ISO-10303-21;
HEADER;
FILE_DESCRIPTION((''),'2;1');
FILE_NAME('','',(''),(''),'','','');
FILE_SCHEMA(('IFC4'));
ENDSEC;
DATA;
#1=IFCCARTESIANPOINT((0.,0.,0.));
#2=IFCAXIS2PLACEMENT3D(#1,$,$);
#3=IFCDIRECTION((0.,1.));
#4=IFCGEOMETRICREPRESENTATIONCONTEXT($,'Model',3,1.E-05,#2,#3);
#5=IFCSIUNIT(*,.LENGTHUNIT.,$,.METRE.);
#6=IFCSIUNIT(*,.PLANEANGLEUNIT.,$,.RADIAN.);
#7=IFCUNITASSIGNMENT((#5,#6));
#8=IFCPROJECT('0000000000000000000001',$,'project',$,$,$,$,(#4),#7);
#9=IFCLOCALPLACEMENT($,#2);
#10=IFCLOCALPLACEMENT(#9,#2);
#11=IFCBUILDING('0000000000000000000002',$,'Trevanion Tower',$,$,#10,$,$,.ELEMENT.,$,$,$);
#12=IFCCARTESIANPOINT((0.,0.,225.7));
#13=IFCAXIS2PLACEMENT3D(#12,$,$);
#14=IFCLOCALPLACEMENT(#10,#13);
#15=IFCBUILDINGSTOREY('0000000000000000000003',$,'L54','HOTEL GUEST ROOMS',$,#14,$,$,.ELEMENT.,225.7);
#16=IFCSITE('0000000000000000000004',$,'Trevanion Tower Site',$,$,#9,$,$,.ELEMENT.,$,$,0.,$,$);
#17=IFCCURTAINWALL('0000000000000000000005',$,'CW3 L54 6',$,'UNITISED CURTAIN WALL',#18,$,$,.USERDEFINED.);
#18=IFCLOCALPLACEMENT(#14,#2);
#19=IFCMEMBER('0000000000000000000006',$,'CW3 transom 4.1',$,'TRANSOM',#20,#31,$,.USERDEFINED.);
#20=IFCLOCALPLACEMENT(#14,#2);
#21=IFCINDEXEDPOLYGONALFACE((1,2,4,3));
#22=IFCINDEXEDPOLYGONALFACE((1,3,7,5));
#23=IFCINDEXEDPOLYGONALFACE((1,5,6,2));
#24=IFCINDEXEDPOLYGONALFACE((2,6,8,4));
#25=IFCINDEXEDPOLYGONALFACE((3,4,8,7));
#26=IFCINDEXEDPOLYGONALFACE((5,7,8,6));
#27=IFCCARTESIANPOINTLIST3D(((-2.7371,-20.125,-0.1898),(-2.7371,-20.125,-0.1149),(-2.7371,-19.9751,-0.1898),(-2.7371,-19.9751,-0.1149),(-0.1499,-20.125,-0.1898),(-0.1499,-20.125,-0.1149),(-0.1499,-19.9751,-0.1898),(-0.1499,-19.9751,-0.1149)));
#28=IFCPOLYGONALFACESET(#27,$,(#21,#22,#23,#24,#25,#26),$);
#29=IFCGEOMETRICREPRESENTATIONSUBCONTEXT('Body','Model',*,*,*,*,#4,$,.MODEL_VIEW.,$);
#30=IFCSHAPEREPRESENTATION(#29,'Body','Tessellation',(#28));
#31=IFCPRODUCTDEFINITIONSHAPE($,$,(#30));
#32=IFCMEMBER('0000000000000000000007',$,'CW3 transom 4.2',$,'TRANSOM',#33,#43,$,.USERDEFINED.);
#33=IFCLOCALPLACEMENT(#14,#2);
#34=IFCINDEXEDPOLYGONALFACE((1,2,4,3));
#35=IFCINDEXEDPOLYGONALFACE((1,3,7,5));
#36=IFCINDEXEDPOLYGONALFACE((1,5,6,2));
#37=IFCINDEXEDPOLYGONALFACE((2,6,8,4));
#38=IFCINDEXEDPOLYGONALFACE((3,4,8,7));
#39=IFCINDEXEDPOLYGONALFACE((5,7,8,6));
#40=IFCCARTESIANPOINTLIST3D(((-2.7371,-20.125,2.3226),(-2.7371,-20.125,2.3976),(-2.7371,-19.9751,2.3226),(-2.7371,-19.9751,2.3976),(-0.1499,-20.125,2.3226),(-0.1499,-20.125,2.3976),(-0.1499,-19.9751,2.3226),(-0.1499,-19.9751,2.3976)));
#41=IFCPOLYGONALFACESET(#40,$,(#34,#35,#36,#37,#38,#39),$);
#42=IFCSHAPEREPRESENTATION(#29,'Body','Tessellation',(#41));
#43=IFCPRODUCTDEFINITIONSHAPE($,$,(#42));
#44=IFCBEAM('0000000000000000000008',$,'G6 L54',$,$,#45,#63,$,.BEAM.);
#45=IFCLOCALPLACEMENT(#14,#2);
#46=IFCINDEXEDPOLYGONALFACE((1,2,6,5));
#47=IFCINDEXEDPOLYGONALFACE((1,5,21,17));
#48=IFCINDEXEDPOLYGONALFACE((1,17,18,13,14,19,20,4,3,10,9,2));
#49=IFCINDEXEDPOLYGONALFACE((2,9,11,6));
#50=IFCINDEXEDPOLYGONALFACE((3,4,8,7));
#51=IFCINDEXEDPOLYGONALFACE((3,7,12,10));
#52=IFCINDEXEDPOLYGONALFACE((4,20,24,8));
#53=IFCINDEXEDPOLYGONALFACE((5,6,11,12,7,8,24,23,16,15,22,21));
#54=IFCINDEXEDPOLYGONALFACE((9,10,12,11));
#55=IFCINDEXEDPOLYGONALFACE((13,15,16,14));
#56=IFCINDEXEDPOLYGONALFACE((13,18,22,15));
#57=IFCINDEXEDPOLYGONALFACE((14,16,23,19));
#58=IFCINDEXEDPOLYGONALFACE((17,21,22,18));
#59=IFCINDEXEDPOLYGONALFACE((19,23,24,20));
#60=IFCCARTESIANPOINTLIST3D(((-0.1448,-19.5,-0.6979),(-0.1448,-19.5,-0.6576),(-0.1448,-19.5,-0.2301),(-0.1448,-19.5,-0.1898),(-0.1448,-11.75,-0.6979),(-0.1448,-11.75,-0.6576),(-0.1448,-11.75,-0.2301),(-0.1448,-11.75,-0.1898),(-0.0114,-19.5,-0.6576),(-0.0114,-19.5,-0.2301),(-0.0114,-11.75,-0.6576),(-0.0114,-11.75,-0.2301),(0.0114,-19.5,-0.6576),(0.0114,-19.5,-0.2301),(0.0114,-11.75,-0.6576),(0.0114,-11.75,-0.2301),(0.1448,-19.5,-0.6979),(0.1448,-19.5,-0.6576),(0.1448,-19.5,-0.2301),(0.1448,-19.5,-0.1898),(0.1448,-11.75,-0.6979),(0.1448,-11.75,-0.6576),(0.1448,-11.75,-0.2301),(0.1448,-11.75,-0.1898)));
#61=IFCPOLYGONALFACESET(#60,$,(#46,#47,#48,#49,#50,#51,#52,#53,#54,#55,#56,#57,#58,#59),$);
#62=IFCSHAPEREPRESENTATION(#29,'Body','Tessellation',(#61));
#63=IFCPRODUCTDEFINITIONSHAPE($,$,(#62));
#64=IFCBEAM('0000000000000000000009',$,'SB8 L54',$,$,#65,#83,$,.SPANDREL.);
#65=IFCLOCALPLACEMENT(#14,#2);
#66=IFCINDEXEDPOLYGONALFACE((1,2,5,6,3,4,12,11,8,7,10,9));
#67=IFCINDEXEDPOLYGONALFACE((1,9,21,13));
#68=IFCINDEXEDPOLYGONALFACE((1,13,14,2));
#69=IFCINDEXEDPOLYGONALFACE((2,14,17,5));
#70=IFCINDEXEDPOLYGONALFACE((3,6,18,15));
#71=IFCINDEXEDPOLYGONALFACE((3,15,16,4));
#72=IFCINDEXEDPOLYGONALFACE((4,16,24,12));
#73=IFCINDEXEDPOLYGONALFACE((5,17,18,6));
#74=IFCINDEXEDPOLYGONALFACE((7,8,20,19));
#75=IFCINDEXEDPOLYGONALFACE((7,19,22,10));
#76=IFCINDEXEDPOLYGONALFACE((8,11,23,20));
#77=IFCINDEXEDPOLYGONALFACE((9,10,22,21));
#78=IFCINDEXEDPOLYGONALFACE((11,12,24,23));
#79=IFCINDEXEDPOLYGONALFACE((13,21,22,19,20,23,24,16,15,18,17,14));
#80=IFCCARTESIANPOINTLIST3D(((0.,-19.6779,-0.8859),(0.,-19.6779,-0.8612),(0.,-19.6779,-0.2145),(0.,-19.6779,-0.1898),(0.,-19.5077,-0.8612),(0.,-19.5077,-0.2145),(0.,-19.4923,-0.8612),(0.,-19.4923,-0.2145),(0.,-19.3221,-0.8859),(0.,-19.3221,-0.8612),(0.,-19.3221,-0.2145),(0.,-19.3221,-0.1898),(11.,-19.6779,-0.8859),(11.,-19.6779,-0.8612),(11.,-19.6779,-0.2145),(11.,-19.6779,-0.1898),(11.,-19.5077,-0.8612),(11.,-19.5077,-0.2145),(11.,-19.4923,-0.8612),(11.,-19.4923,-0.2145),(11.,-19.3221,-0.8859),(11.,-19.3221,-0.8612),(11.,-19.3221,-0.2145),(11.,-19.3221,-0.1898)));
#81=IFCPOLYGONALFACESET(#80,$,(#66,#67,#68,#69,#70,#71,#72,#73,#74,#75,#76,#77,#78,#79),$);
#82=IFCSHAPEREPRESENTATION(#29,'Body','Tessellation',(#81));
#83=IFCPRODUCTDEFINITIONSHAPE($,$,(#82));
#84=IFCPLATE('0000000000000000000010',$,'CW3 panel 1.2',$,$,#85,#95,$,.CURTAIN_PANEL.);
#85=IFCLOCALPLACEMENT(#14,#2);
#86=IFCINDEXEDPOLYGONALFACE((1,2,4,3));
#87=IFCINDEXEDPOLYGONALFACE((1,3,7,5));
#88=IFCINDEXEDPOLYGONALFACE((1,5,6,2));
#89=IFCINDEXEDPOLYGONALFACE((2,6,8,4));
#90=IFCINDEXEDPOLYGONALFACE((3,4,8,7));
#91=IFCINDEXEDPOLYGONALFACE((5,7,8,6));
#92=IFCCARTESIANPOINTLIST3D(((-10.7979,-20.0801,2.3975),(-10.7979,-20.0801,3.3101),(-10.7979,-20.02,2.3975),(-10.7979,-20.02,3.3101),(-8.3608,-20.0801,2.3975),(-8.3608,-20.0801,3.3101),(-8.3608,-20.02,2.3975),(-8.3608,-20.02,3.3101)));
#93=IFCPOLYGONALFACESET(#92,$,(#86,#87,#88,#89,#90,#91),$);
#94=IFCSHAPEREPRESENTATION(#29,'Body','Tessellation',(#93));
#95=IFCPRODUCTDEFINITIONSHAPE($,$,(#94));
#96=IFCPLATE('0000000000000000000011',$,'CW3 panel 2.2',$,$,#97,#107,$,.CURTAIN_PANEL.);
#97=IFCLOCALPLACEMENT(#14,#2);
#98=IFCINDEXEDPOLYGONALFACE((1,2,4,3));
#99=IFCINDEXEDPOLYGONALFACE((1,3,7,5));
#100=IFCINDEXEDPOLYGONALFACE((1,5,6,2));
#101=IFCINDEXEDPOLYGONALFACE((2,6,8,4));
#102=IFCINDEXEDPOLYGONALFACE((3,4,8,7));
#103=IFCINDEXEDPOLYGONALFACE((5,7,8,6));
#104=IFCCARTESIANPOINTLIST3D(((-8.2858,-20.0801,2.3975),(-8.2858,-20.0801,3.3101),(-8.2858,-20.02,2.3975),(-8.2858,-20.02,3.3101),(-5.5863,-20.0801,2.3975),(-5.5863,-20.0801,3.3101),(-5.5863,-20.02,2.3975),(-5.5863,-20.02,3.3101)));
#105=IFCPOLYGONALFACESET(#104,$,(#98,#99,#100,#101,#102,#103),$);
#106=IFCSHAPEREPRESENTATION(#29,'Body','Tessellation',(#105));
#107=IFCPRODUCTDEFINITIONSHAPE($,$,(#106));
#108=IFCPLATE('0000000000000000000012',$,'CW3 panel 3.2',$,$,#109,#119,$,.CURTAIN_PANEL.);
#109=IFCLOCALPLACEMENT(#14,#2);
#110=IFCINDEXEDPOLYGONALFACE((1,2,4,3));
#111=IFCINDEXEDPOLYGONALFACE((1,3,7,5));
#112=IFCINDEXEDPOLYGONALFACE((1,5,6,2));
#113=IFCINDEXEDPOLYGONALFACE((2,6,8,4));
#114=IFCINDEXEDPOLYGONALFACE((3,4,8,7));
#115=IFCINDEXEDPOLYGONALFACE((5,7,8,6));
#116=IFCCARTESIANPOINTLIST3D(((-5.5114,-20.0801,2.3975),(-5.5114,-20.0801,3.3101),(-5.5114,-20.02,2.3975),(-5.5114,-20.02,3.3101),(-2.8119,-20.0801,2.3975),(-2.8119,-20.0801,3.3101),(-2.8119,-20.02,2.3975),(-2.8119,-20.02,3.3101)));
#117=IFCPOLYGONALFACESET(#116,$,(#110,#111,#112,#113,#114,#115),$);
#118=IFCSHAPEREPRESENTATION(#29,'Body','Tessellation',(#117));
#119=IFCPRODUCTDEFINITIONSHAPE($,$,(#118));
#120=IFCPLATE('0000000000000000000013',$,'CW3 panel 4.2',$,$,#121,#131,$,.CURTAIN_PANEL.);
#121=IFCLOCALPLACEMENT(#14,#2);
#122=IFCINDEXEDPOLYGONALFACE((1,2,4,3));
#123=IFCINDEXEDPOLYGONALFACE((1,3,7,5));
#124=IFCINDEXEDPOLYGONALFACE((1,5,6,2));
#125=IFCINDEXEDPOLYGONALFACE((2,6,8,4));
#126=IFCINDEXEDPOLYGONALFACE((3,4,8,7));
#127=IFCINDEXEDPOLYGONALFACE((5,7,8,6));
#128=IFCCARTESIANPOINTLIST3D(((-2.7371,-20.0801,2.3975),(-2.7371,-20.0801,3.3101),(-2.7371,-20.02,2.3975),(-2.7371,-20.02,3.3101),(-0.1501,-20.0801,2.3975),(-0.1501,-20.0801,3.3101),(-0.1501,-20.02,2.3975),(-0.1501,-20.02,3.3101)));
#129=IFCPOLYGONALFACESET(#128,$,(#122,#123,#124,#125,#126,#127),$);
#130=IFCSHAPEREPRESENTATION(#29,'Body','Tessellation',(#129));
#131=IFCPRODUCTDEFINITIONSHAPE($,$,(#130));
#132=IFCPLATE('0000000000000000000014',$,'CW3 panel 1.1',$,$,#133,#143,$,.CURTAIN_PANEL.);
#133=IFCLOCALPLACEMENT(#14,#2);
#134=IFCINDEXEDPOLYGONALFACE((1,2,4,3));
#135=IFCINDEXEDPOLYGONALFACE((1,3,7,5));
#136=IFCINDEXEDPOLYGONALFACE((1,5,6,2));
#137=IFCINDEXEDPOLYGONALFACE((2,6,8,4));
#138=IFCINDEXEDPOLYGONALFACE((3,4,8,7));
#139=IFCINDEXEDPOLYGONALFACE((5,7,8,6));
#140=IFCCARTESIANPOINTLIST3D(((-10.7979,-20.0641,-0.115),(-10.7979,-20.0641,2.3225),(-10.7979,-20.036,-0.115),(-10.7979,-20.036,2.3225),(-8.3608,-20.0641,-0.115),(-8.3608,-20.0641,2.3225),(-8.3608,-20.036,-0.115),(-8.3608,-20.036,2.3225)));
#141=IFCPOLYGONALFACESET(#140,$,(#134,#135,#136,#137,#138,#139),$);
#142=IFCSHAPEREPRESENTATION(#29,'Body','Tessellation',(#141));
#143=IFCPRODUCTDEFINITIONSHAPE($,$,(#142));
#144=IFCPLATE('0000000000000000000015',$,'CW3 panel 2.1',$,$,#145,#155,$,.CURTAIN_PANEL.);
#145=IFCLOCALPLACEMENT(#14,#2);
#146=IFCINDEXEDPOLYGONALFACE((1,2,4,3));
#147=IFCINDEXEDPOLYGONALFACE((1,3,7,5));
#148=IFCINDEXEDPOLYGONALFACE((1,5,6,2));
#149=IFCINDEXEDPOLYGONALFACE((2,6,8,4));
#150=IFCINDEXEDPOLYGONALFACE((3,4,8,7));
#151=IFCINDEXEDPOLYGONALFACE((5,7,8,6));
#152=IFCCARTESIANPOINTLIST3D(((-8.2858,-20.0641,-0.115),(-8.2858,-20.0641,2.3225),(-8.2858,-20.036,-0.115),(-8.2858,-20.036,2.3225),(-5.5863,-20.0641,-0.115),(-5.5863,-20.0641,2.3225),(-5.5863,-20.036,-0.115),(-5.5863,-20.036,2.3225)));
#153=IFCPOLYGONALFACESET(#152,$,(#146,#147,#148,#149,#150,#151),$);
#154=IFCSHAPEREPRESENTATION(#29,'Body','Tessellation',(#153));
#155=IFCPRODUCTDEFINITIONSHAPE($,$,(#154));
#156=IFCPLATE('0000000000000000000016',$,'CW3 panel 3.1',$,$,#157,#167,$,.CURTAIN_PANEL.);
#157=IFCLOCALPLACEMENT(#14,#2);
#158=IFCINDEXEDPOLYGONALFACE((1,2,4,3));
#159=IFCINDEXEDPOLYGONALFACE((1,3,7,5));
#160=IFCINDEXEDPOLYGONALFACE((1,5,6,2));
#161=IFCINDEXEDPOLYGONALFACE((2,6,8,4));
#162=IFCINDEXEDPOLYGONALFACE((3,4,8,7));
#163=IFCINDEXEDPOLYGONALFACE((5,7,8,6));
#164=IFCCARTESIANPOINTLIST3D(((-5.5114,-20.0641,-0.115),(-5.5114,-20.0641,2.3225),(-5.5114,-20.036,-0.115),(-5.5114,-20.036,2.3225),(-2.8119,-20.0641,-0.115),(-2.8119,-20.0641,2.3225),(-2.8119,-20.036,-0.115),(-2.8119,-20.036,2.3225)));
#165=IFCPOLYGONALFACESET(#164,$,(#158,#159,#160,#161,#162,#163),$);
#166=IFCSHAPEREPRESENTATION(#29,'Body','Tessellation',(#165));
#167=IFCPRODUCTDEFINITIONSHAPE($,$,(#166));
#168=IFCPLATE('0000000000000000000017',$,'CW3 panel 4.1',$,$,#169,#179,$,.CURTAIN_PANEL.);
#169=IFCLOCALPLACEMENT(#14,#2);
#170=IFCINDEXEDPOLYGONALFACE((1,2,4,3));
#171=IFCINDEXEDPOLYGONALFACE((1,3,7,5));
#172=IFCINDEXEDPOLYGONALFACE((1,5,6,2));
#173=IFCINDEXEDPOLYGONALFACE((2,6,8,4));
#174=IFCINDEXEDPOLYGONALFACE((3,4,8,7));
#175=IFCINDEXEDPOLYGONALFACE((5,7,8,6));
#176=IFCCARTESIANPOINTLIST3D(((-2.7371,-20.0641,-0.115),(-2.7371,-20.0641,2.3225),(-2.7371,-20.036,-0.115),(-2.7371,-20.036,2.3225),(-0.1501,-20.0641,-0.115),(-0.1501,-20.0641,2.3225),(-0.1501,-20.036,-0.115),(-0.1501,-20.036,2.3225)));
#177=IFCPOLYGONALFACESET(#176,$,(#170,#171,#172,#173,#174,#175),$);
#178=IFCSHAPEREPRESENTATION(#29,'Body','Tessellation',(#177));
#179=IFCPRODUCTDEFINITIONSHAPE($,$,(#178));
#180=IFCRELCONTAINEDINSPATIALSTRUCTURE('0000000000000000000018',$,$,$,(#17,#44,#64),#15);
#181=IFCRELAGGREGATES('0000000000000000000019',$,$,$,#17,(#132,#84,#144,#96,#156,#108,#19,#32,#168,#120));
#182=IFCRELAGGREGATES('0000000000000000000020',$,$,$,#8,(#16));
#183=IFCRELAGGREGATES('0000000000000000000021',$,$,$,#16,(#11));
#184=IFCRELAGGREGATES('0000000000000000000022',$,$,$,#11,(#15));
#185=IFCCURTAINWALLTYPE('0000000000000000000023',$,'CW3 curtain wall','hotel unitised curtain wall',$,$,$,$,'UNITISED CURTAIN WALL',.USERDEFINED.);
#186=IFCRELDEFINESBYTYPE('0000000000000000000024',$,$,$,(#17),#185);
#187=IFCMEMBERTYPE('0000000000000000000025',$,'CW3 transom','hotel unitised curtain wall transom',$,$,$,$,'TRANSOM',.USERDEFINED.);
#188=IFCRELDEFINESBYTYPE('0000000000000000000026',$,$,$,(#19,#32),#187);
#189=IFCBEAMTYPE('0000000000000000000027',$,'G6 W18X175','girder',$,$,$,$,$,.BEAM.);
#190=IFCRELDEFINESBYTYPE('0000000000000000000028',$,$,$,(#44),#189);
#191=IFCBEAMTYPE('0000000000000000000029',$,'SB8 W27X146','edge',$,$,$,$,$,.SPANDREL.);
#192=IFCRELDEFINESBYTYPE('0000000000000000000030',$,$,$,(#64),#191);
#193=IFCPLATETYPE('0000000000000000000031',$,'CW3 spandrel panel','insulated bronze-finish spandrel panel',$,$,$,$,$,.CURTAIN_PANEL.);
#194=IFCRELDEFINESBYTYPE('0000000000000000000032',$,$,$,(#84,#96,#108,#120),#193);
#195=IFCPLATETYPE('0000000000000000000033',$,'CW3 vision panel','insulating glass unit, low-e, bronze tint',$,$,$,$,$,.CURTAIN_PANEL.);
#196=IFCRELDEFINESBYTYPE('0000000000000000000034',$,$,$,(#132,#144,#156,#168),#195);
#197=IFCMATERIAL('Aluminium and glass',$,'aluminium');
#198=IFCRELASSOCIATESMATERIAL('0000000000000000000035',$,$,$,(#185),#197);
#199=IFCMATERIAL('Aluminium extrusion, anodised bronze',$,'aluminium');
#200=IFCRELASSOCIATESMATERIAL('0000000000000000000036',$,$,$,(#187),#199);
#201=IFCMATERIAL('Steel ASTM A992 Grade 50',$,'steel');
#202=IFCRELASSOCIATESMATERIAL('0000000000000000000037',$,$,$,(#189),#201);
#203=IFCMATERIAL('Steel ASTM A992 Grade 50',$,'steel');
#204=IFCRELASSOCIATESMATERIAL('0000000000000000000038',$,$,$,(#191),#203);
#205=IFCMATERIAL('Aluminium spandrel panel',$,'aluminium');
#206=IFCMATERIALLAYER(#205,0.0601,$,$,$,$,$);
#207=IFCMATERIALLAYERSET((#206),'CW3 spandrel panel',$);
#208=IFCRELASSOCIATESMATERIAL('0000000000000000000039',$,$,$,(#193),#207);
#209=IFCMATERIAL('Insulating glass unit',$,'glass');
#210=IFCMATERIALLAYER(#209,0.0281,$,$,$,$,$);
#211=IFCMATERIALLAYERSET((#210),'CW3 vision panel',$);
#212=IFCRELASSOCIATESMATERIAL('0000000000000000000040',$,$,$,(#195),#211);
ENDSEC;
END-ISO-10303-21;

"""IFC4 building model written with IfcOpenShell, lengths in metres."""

from ifc_helpers import new_model, si_unit, direction, frame, origin, origin_2d, place, context, subcontext, project, spatial, rectangle, i_section, extrude, material, layer, layer_set, material_profile, profile_set, type_object, element, aggregate, save


model = new_model("IFC4")

# Units and contexts
model_context = context("Model", 3, precision=1e-05, world=origin(), true_north=direction((0.0, 1.0)))
body_context = subcontext(model_context, "Body", "Model", "MODEL_VIEW")
ifc_project = project(units=[si_unit("LENGTHUNIT", "METRE"), si_unit("PLANEANGLEUNIT", "RADIAN")], contexts=[model_context])

# Site, building, storey
site_placement = place(None, origin())
site = spatial("IfcSite", under=ifc_project, at=site_placement, Name="Trevanion Tower Site", CompositionType="ELEMENT", RefElevation=0.0)
building_placement = place(site_placement, origin())
building = spatial("IfcBuilding", under=site, at=building_placement, Name="Trevanion Tower", CompositionType="ELEMENT")
storey_placement = place(building_placement, frame((0.0, 0.0, 225.7)))
storey = spatial("IfcBuildingStorey", under=building, at=storey_placement, Name="L54", Description="HOTEL GUEST ROOMS", CompositionType="ELEMENT", Elevation=225.7)

# Curtain wall, members
ifc_material_1 = material(Name="Aluminium and glass", Category="aluminium")
curtain_wall_type = type_object("IfcCurtainWallType", Name="CW3 curtain wall", Description="hotel unitised curtain wall", ElementType="UNITISED CURTAIN WALL", PredefinedType="USERDEFINED", material=ifc_material_1)
curtain_wall_placement = place(storey_placement, origin())
curtain_wall = element("IfcCurtainWall", 1, at=curtain_wall_placement, inside=storey, type_object=curtain_wall_type, Name="CW3 L54 6", ObjectType="UNITISED CURTAIN WALL", PredefinedType="USERDEFINED")
ifc_material_2 = material(Name="Aluminium extrusion, anodised bronze", Category="aluminium")
ifc_material_profile_1 = material_profile(ifc_material_2, rectangle(XDim=0.1499, YDim=0.075, at=origin_2d()), Name="CW3 transom")
ifc_profile_set_1 = profile_set([ifc_material_profile_1], Name="Aluminium extrusion, anodised bronze")
member_type_1 = type_object("IfcMemberType", Name="CW3 transom", Description="hotel unitised curtain wall transom", ElementType="TRANSOM", PredefinedType="USERDEFINED", material=ifc_profile_set_1)
member_1_placement = place(storey_placement, frame((-2.7371, -20.05, -0.1523), z_axis=(1.0, 0.0, 0.0), x_axis=(0.0, 1.0, 0.0)))
member_1 = element("IfcMember", 2, at=member_1_placement, type_object=member_type_1, Name="CW3 transom 4.1", ObjectType="TRANSOM", PredefinedType="USERDEFINED", context=body_context, shape_type="SweptSolid", body=[
    extrude(rectangle(XDim=0.1499, YDim=0.075, at=origin_2d()), origin(), (0.0, 0.0, 1.0), 2.5872),
])
member_2_placement = place(storey_placement, frame((-2.7371, -20.05, 2.3601), z_axis=(1.0, 0.0, 0.0), x_axis=(0.0, 1.0, 0.0)))
member_2 = element("IfcMember", 3, at=member_2_placement, type_object=member_type_1, Name="CW3 transom 4.2", ObjectType="TRANSOM", PredefinedType="USERDEFINED", context=body_context, shape_type="SweptSolid", body=[
    extrude(rectangle(XDim=0.1499, YDim=0.075, at=origin_2d()), origin(), (0.0, 0.0, 1.0), 2.5872),
])

# Beams
ifc_material_3 = material(Name="Steel ASTM A992 Grade 50", Category="steel")
ifc_material_profile_2 = material_profile(ifc_material_3, i_section(OverallWidth=0.2896, OverallDepth=0.5081, WebThickness=0.0227, FlangeThickness=0.0403, at=origin_2d()), Name="W18X175")
ifc_profile_set_2 = profile_set([ifc_material_profile_2], Name="Steel ASTM A992 Grade 50")
beam_type_1 = type_object("IfcBeamType", Name="G6 W18X175", Description="girder", PredefinedType="BEAM", material=ifc_profile_set_2)
beam_1_placement = place(storey_placement, frame((0.0, -11.75, -0.4438), z_axis=(0.0, -1.0, 0.0), x_axis=(1.0, 0.0, 0.0)))
element("IfcBeam", 4, at=beam_1_placement, inside=storey, type_object=beam_type_1, Name="G6 L54", PredefinedType="BEAM", context=body_context, shape_type="SweptSolid", body=[
    extrude(i_section(OverallWidth=0.2896, OverallDepth=0.5081, WebThickness=0.0227, FlangeThickness=0.0403, at=origin_2d()), origin(), (0.0, 0.0, 1.0), 7.75),
])
ifc_material_4 = material(Name="Steel ASTM A992 Grade 50", Category="steel")
ifc_material_profile_3 = material_profile(ifc_material_4, i_section(OverallWidth=0.3557, OverallDepth=0.696, WebThickness=0.0154, FlangeThickness=0.0247, at=origin_2d()), Name="W27X146")
ifc_profile_set_3 = profile_set([ifc_material_profile_3], Name="Steel ASTM A992 Grade 50")
beam_type_2 = type_object("IfcBeamType", Name="SB8 W27X146", Description="edge", PredefinedType="SPANDREL", material=ifc_profile_set_3)
beam_2_placement = place(storey_placement, frame((0.0, -19.5, -0.5378), z_axis=(1.0, 0.0, 0.0), x_axis=(0.0, 1.0, 0.0)))
element("IfcBeam", 5, at=beam_2_placement, inside=storey, type_object=beam_type_2, Name="SB8 L54", PredefinedType="SPANDREL", context=body_context, shape_type="SweptSolid", body=[
    extrude(i_section(OverallWidth=0.3557, OverallDepth=0.696, WebThickness=0.0154, FlangeThickness=0.0247, at=origin_2d()), origin(), (0.0, 0.0, 1.0), 11.0),
])

# Plates
ifc_material_5 = material(Name="Aluminium spandrel panel", Category="aluminium")
ifc_layer_1 = layer(ifc_material_5, 0.0601)
ifc_layer_set_1 = layer_set([ifc_layer_1], Name="CW3 spandrel panel")
plate_type_1 = type_object("IfcPlateType", Name="CW3 spandrel panel", Description="insulated bronze-finish spandrel panel", PredefinedType="CURTAIN_PANEL", material=ifc_layer_set_1)
plate_1_placement = place(storey_placement, frame((-9.5793, -20.05, 2.3975), z_axis=(0.0, 0.0, 1.0), x_axis=(1.0, 0.0, 0.0)))
plate_1 = element("IfcPlate", 6, at=plate_1_placement, type_object=plate_type_1, Name="CW3 panel 1.2", PredefinedType="CURTAIN_PANEL", context=body_context, shape_type="SweptSolid", body=[
    extrude(rectangle(XDim=2.437, YDim=0.0601, at=origin_2d()), origin(), (0.0, 0.0, 1.0), 0.9126),
])
plate_2_placement = place(storey_placement, frame((-6.936, -20.05, 2.3975), z_axis=(0.0, 0.0, 1.0), x_axis=(1.0, 0.0, 0.0)))
plate_2 = element("IfcPlate", 7, at=plate_2_placement, type_object=plate_type_1, Name="CW3 panel 2.2", PredefinedType="CURTAIN_PANEL", context=body_context, shape_type="SweptSolid", body=[
    extrude(rectangle(XDim=2.6995, YDim=0.0601, at=origin_2d()), origin(), (0.0, 0.0, 1.0), 0.9126),
])
plate_3_placement = place(storey_placement, frame((-4.1616, -20.05, 2.3975), z_axis=(0.0, 0.0, 1.0), x_axis=(1.0, 0.0, 0.0)))
plate_3 = element("IfcPlate", 8, at=plate_3_placement, type_object=plate_type_1, Name="CW3 panel 3.2", PredefinedType="CURTAIN_PANEL", context=body_context, shape_type="SweptSolid", body=[
    extrude(rectangle(XDim=2.6995, YDim=0.0601, at=origin_2d()), origin(), (0.0, 0.0, 1.0), 0.9126),
])
plate_4_placement = place(storey_placement, frame((-1.4436, -20.05, 2.3975), z_axis=(0.0, 0.0, 1.0), x_axis=(1.0, 0.0, 0.0)))
plate_4 = element("IfcPlate", 9, at=plate_4_placement, type_object=plate_type_1, Name="CW3 panel 4.2", PredefinedType="CURTAIN_PANEL", context=body_context, shape_type="SweptSolid", body=[
    extrude(rectangle(XDim=2.5869, YDim=0.0601, at=origin_2d()), origin(), (0.0, 0.0, 1.0), 0.9126),
])
ifc_material_6 = material(Name="Insulating glass unit", Category="glass")
ifc_layer_2 = layer(ifc_material_6, 0.0281)
ifc_layer_set_2 = layer_set([ifc_layer_2], Name="CW3 vision panel")
plate_type_2 = type_object("IfcPlateType", Name="CW3 vision panel", Description="insulating glass unit, low-e, bronze tint", PredefinedType="CURTAIN_PANEL", material=ifc_layer_set_2)
plate_5_placement = place(storey_placement, frame((-9.5793, -20.05, -0.115), z_axis=(0.0, 0.0, 1.0), x_axis=(1.0, 0.0, 0.0)))
plate_5 = element("IfcPlate", 10, at=plate_5_placement, type_object=plate_type_2, Name="CW3 panel 1.1", PredefinedType="CURTAIN_PANEL", context=body_context, shape_type="SweptSolid", body=[
    extrude(rectangle(XDim=2.437, YDim=0.0281, at=origin_2d()), origin(), (0.0, 0.0, 1.0), 2.4375),
])
plate_6_placement = place(storey_placement, frame((-6.936, -20.05, -0.115), z_axis=(0.0, 0.0, 1.0), x_axis=(1.0, 0.0, 0.0)))
plate_6 = element("IfcPlate", 11, at=plate_6_placement, type_object=plate_type_2, Name="CW3 panel 2.1", PredefinedType="CURTAIN_PANEL", context=body_context, shape_type="SweptSolid", body=[
    extrude(rectangle(XDim=2.6995, YDim=0.0281, at=origin_2d()), origin(), (0.0, 0.0, 1.0), 2.4375),
])
plate_7_placement = place(storey_placement, frame((-4.1616, -20.05, -0.115), z_axis=(0.0, 0.0, 1.0), x_axis=(1.0, 0.0, 0.0)))
plate_7 = element("IfcPlate", 12, at=plate_7_placement, type_object=plate_type_2, Name="CW3 panel 3.1", PredefinedType="CURTAIN_PANEL", context=body_context, shape_type="SweptSolid", body=[
    extrude(rectangle(XDim=2.6995, YDim=0.0281, at=origin_2d()), origin(), (0.0, 0.0, 1.0), 2.4375),
])
plate_8_placement = place(storey_placement, frame((-1.4436, -20.05, -0.115), z_axis=(0.0, 0.0, 1.0), x_axis=(1.0, 0.0, 0.0)))
plate_8 = element("IfcPlate", 13, at=plate_8_placement, type_object=plate_type_2, Name="CW3 panel 4.1", PredefinedType="CURTAIN_PANEL", context=body_context, shape_type="SweptSolid", body=[
    extrude(rectangle(XDim=2.5869, YDim=0.0281, at=origin_2d()), origin(), (0.0, 0.0, 1.0), 2.4375),
])
aggregate(curtain_wall, [plate_5, plate_1, plate_6, plate_2, plate_7, plate_3, member_1, member_2, plate_8, plate_4])

save(model, "model.ifc")
